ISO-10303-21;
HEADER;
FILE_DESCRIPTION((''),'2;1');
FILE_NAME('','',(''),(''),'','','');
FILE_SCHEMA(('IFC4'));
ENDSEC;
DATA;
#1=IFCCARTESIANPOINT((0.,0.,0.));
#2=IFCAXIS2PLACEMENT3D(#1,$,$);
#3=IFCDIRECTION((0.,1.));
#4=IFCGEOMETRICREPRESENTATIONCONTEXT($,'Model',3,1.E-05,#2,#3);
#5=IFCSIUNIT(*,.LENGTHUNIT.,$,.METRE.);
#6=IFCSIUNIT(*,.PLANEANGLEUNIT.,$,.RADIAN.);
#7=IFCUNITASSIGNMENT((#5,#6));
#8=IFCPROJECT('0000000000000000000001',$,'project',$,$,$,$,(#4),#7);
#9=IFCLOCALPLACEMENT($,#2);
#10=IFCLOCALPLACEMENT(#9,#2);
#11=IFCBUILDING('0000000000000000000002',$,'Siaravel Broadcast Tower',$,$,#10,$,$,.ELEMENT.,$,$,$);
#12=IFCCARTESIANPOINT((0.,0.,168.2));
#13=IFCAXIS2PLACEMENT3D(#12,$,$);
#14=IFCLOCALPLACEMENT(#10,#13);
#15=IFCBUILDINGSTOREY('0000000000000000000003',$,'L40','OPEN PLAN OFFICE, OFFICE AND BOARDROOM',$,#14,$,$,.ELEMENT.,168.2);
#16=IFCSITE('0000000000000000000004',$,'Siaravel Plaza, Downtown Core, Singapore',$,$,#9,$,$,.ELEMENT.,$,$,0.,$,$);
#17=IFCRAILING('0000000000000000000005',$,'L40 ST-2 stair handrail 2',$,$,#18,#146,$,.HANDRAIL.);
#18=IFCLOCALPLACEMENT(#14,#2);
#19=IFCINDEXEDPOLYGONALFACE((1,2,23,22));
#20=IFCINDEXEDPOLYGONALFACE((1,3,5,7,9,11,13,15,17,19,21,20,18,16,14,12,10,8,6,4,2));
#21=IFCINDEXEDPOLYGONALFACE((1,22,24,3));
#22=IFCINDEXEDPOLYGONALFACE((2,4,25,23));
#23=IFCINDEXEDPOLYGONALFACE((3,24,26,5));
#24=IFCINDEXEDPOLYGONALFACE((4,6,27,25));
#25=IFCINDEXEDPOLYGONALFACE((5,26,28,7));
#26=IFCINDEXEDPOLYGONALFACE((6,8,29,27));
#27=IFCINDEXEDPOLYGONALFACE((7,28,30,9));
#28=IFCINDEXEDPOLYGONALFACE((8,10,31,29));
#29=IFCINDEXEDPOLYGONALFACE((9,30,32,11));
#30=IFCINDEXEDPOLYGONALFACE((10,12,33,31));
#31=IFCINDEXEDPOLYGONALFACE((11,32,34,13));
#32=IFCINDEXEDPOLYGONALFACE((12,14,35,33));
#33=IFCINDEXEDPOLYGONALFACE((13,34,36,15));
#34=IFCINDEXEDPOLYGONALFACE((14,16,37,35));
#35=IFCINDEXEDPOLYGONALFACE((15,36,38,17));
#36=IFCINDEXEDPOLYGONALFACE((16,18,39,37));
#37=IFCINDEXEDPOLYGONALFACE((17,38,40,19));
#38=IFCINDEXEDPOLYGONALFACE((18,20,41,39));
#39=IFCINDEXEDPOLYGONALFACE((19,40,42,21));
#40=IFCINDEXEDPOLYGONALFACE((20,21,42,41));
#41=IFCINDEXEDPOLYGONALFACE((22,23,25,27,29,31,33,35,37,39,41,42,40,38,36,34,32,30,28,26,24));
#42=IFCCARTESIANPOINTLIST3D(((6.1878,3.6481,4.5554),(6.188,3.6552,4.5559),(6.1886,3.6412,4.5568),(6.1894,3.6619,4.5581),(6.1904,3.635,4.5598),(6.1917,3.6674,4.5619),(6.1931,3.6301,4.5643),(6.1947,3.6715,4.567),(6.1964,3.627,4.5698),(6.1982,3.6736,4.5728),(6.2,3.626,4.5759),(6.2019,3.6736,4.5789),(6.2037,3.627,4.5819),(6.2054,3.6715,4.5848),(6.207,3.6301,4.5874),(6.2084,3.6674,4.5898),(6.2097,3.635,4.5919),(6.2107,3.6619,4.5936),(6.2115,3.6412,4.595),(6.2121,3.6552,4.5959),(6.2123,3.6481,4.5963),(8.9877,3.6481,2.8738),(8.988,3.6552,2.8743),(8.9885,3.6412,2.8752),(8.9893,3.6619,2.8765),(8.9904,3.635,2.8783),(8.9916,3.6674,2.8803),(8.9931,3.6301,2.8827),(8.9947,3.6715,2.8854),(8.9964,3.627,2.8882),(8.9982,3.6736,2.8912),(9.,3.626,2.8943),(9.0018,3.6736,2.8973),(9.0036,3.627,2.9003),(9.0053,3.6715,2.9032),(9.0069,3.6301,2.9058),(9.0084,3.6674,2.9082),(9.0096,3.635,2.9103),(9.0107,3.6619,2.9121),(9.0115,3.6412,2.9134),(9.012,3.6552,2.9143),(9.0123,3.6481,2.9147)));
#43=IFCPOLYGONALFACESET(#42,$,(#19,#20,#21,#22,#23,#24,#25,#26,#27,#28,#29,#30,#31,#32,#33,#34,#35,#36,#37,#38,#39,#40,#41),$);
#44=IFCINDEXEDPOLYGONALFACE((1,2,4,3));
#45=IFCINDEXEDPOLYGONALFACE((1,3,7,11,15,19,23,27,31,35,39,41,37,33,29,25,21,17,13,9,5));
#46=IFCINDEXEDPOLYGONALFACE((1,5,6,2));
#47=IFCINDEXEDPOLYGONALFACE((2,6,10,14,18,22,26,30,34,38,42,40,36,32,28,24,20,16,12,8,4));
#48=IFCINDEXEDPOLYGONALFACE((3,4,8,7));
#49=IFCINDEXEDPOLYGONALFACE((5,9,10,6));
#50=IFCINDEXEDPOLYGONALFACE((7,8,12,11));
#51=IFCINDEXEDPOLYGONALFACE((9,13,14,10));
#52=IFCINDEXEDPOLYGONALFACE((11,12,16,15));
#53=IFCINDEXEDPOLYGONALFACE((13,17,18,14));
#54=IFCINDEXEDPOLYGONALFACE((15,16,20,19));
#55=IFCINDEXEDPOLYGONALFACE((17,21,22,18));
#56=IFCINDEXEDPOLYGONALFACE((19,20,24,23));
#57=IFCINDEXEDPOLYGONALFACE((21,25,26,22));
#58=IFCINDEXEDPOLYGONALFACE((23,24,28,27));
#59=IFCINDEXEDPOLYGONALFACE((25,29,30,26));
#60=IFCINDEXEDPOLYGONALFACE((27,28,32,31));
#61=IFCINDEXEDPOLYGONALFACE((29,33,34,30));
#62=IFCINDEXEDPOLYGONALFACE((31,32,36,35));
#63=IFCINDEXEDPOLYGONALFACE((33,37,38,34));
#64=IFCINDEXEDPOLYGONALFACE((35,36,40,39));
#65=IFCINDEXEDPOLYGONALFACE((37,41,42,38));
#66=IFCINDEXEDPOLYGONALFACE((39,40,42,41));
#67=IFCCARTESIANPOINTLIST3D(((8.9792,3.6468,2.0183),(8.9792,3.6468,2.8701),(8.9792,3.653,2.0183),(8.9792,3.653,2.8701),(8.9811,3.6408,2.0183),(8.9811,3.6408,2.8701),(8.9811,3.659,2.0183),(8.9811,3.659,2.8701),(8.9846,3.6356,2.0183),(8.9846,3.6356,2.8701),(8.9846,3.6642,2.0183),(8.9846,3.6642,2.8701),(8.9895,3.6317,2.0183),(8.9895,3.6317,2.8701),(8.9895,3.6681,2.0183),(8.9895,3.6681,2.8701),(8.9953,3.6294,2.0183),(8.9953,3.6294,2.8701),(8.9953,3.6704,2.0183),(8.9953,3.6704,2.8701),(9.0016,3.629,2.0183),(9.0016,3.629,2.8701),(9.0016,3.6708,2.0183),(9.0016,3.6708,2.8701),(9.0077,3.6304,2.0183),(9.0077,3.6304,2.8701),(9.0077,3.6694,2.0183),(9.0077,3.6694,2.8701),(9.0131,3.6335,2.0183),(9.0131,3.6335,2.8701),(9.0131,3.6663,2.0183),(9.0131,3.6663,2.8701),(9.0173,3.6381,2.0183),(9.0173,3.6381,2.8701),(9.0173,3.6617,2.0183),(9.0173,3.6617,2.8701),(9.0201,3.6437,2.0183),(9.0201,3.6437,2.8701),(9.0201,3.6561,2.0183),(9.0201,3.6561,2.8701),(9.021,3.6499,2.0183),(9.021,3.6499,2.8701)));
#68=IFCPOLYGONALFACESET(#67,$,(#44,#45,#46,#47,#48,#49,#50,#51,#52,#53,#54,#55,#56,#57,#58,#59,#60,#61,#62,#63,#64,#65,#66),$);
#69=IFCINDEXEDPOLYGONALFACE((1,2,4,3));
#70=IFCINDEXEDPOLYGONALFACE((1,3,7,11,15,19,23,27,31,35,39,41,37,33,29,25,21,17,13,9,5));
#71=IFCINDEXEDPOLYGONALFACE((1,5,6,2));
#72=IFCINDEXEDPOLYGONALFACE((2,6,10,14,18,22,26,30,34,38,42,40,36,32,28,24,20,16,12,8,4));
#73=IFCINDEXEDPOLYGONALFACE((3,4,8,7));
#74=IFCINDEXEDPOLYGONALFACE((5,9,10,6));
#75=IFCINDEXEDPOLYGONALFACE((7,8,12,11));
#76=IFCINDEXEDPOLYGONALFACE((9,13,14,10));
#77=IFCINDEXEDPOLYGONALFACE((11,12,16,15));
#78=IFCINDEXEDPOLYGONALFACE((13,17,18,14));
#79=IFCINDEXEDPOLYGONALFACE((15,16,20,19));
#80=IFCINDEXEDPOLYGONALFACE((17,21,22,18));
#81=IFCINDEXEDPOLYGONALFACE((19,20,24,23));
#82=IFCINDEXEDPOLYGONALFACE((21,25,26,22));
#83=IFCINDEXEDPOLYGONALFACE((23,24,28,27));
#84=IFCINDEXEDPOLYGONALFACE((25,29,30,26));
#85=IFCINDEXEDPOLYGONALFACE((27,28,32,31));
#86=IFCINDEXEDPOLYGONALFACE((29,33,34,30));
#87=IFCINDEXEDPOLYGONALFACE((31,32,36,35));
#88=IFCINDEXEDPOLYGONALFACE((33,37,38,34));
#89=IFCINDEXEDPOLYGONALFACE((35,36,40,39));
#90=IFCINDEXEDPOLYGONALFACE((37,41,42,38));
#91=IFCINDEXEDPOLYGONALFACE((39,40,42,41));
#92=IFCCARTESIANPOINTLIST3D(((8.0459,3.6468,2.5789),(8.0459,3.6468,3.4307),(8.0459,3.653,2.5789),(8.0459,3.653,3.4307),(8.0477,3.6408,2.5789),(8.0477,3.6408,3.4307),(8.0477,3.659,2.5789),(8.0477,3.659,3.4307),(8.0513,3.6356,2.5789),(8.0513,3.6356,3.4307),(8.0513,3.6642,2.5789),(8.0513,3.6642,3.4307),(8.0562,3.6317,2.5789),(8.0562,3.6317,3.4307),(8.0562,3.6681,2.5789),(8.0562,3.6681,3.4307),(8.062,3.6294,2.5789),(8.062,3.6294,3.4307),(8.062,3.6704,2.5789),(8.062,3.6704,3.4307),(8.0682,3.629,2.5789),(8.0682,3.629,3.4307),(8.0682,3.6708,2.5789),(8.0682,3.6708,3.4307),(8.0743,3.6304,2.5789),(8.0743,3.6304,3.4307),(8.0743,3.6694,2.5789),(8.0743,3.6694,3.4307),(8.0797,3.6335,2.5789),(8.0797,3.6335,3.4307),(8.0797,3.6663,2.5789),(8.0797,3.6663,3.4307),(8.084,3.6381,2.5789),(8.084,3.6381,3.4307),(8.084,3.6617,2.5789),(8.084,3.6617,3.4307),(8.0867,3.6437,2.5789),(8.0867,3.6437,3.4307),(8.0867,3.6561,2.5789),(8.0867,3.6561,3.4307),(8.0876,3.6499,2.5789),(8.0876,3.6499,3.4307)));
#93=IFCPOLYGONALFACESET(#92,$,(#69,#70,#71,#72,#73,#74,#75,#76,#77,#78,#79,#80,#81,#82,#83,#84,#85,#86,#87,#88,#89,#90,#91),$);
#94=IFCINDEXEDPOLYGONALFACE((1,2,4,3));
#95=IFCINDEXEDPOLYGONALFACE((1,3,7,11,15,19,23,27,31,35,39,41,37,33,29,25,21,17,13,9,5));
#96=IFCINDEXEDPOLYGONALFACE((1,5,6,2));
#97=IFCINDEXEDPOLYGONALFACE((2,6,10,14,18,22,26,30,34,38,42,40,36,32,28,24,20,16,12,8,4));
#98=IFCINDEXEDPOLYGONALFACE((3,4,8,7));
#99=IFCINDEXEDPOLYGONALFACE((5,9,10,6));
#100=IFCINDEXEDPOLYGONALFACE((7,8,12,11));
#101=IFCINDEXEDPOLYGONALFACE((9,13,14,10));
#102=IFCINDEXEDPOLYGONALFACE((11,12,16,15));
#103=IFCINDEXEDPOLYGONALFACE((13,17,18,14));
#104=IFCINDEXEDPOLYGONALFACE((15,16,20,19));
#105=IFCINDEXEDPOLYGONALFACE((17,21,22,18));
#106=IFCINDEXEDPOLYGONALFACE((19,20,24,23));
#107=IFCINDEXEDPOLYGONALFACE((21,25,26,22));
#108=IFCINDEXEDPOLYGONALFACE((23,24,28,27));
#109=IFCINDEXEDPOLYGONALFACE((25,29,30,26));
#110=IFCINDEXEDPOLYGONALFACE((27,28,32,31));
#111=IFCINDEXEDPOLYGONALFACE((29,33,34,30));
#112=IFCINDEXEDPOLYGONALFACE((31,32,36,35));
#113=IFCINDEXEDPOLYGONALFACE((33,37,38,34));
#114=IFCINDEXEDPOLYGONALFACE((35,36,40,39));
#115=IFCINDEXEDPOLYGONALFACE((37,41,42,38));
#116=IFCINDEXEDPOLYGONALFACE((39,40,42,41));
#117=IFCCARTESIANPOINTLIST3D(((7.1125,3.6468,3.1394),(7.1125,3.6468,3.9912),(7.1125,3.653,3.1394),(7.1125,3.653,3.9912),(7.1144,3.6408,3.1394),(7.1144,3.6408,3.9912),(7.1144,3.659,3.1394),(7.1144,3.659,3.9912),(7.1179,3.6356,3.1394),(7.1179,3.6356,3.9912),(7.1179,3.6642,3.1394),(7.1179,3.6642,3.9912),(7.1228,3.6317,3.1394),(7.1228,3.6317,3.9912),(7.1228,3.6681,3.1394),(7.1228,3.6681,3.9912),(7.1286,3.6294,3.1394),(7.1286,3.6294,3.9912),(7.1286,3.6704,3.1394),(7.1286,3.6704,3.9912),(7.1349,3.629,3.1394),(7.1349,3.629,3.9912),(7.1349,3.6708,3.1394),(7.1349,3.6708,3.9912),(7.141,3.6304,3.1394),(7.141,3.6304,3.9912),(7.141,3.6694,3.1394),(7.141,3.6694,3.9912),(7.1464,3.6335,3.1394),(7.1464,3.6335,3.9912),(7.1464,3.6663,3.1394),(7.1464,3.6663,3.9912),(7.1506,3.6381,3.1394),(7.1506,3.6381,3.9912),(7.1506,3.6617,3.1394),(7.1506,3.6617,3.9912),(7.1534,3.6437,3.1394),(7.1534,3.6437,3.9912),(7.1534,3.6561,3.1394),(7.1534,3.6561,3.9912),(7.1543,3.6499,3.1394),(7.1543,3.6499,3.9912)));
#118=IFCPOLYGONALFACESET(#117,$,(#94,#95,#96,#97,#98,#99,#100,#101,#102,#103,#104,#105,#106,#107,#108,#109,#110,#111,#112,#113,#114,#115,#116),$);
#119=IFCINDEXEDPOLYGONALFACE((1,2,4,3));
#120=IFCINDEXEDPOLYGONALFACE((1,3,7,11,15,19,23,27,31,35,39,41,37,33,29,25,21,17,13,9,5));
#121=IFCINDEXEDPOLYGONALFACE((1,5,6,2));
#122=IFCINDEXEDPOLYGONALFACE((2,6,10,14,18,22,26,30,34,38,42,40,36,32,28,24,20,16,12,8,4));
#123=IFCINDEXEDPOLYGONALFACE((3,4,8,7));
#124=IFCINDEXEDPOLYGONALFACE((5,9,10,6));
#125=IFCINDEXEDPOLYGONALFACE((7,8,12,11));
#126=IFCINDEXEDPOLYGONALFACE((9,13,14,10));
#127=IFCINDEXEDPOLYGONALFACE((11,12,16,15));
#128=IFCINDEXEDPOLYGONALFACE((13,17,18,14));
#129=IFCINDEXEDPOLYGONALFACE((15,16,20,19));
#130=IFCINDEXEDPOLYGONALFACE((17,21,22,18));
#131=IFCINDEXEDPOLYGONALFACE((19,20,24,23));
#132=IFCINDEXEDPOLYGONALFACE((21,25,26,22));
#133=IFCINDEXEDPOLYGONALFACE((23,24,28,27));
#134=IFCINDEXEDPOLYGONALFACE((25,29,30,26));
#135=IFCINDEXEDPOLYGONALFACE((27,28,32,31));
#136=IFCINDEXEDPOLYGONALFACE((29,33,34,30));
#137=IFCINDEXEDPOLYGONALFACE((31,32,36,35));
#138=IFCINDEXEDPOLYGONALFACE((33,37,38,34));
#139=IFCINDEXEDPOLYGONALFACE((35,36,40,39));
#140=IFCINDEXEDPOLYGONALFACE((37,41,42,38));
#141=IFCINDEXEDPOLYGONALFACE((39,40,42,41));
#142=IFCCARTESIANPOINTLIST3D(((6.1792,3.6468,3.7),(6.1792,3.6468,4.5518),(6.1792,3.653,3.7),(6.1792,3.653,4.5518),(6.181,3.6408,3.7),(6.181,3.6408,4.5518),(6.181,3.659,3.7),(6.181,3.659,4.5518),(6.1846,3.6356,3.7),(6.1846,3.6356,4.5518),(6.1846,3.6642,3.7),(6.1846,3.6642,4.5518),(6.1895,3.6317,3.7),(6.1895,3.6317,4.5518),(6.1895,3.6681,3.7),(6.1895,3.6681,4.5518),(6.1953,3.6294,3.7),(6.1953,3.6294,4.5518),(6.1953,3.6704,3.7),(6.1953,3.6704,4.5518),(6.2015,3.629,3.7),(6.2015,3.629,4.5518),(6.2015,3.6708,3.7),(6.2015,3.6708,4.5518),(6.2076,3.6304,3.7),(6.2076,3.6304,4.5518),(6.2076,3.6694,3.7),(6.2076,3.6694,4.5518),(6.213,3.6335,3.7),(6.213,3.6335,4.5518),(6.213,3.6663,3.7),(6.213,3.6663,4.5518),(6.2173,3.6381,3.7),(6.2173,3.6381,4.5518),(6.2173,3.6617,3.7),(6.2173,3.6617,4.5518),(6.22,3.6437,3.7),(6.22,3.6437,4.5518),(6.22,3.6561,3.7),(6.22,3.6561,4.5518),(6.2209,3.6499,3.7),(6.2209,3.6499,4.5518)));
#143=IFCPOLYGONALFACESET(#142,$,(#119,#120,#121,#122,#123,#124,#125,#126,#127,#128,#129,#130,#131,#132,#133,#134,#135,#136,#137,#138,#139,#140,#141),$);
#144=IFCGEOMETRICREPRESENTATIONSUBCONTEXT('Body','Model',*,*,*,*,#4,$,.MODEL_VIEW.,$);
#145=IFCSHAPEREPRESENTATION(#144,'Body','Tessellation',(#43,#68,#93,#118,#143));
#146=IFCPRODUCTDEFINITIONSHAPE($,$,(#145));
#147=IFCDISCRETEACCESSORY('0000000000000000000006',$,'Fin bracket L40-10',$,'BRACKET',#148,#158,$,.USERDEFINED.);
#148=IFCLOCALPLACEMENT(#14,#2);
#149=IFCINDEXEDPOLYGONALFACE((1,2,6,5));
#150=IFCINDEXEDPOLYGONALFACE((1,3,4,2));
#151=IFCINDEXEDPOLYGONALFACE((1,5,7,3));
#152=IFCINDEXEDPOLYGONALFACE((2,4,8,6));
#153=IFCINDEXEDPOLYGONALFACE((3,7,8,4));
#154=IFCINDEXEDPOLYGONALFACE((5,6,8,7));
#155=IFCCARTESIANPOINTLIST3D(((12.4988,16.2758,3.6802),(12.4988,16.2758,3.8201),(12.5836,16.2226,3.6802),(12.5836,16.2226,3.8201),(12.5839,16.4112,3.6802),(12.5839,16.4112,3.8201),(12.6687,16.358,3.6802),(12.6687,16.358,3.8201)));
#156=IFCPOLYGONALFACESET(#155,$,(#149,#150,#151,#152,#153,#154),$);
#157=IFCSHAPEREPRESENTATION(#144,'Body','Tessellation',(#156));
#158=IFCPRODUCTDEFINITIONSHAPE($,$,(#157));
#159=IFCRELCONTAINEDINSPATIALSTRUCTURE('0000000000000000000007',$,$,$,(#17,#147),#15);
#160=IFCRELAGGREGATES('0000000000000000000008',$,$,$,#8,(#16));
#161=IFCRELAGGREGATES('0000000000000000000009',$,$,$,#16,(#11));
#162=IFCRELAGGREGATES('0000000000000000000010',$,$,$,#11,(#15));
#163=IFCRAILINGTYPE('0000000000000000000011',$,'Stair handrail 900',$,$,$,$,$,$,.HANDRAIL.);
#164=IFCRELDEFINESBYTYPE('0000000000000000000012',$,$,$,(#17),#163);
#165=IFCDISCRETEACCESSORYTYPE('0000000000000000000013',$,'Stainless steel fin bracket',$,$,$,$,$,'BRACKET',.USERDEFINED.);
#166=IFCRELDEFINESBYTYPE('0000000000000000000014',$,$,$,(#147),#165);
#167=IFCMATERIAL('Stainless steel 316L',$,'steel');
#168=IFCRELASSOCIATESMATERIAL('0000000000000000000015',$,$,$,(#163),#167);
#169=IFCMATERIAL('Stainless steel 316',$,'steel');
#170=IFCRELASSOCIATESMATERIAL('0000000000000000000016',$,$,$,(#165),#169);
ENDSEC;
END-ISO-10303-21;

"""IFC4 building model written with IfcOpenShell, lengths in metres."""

from ifc_helpers import new_model, si_unit, direction, frame, origin, origin_2d, place, context, subcontext, project, spatial, rectangle, circle, extrude, material, type_object, element, save


model = new_model("IFC4")

# Units and contexts
model_context = context("Model", 3, precision=1e-05, world=origin(), true_north=direction((0.0, 1.0)))
body_context = subcontext(model_context, "Body", "Model", "MODEL_VIEW")
ifc_project = project(units=[si_unit("LENGTHUNIT", "METRE"), si_unit("PLANEANGLEUNIT", "RADIAN")], contexts=[model_context])

# Site, building, storey
site_placement = place(None, origin())
site = spatial("IfcSite", under=ifc_project, at=site_placement, Name="Siaravel Plaza, Downtown Core, Singapore", CompositionType="ELEMENT", RefElevation=0.0)
building_placement = place(site_placement, origin())
building = spatial("IfcBuilding", under=site, at=building_placement, Name="Siaravel Broadcast Tower", CompositionType="ELEMENT")
storey_placement = place(building_placement, frame((0.0, 0.0, 168.2)))
storey = spatial("IfcBuildingStorey", under=building, at=storey_placement, Name="L40", Description="OPEN PLAN OFFICE, OFFICE AND BOARDROOM", CompositionType="ELEMENT", Elevation=168.2)

# Railing
ifc_material_1 = material(Name="Stainless steel 316L", Category="steel")
railing_type_1 = type_object("IfcRailingType", Name="Stair handrail 900", PredefinedType="HANDRAIL", material=ifc_material_1)
railing_1_placement = place(storey_placement, frame((9.0, 3.6499, 2.0183)))
element("IfcRailing", 1, at=railing_1_placement, inside=storey, type_object=railing_type_1, Name="L40 ST-2 stair handrail 2", PredefinedType="HANDRAIL", context=body_context, shape_type="SweptSolid", body=[
    extrude(circle(Radius=0.0239, at=origin_2d()), frame((0.0, 0.0, 0.876), z_axis=(-0.857275, 0.0, 0.514858), x_axis=(0.0, -1.0, 0.0)), (0.0, 0.0, 1.0), 3.2661),
    extrude(circle(Radius=0.021, at=origin_2d()), origin(), (0.0, 0.0, 1.0), 0.8518),
    extrude(circle(Radius=0.021, at=origin_2d()), frame((-0.9333, 0.0, 0.5605)), (0.0, 0.0, 1.0), 0.8518),
    extrude(circle(Radius=0.021, at=origin_2d()), frame((-1.8667, 0.0, 1.1211)), (0.0, 0.0, 1.0), 0.8518),
    extrude(circle(Radius=0.021, at=origin_2d()), frame((-2.8, 0.0, 1.6816)), (0.0, 0.0, 1.0), 0.8518),
])

# Discrete accessory
ifc_material_2 = material(Name="Stainless steel 316", Category="steel")
discrete_accessory_type = type_object("IfcDiscreteAccessoryType", Name="Stainless steel fin bracket", ElementType="BRACKET", PredefinedType="USERDEFINED", material=ifc_material_2)
discrete_accessory_placement = place(storey_placement, frame((12.5837, 16.3169, 3.6802), z_axis=(0.0, 0.0, 1.0), x_axis=(0.532149, 0.84665, 0.0)))
element("IfcDiscreteAccessory", 2, at=discrete_accessory_placement, inside=storey, type_object=discrete_accessory_type, Name="Fin bracket L40-10", ObjectType="BRACKET", PredefinedType="USERDEFINED", context=body_context, shape_type="SweptSolid", body=[
    extrude(rectangle(XDim=0.1599, YDim=0.1001, at=origin_2d()), origin(), (0.0, 0.0, 1.0), 0.1399),
])

save(model, "model.ifc")
